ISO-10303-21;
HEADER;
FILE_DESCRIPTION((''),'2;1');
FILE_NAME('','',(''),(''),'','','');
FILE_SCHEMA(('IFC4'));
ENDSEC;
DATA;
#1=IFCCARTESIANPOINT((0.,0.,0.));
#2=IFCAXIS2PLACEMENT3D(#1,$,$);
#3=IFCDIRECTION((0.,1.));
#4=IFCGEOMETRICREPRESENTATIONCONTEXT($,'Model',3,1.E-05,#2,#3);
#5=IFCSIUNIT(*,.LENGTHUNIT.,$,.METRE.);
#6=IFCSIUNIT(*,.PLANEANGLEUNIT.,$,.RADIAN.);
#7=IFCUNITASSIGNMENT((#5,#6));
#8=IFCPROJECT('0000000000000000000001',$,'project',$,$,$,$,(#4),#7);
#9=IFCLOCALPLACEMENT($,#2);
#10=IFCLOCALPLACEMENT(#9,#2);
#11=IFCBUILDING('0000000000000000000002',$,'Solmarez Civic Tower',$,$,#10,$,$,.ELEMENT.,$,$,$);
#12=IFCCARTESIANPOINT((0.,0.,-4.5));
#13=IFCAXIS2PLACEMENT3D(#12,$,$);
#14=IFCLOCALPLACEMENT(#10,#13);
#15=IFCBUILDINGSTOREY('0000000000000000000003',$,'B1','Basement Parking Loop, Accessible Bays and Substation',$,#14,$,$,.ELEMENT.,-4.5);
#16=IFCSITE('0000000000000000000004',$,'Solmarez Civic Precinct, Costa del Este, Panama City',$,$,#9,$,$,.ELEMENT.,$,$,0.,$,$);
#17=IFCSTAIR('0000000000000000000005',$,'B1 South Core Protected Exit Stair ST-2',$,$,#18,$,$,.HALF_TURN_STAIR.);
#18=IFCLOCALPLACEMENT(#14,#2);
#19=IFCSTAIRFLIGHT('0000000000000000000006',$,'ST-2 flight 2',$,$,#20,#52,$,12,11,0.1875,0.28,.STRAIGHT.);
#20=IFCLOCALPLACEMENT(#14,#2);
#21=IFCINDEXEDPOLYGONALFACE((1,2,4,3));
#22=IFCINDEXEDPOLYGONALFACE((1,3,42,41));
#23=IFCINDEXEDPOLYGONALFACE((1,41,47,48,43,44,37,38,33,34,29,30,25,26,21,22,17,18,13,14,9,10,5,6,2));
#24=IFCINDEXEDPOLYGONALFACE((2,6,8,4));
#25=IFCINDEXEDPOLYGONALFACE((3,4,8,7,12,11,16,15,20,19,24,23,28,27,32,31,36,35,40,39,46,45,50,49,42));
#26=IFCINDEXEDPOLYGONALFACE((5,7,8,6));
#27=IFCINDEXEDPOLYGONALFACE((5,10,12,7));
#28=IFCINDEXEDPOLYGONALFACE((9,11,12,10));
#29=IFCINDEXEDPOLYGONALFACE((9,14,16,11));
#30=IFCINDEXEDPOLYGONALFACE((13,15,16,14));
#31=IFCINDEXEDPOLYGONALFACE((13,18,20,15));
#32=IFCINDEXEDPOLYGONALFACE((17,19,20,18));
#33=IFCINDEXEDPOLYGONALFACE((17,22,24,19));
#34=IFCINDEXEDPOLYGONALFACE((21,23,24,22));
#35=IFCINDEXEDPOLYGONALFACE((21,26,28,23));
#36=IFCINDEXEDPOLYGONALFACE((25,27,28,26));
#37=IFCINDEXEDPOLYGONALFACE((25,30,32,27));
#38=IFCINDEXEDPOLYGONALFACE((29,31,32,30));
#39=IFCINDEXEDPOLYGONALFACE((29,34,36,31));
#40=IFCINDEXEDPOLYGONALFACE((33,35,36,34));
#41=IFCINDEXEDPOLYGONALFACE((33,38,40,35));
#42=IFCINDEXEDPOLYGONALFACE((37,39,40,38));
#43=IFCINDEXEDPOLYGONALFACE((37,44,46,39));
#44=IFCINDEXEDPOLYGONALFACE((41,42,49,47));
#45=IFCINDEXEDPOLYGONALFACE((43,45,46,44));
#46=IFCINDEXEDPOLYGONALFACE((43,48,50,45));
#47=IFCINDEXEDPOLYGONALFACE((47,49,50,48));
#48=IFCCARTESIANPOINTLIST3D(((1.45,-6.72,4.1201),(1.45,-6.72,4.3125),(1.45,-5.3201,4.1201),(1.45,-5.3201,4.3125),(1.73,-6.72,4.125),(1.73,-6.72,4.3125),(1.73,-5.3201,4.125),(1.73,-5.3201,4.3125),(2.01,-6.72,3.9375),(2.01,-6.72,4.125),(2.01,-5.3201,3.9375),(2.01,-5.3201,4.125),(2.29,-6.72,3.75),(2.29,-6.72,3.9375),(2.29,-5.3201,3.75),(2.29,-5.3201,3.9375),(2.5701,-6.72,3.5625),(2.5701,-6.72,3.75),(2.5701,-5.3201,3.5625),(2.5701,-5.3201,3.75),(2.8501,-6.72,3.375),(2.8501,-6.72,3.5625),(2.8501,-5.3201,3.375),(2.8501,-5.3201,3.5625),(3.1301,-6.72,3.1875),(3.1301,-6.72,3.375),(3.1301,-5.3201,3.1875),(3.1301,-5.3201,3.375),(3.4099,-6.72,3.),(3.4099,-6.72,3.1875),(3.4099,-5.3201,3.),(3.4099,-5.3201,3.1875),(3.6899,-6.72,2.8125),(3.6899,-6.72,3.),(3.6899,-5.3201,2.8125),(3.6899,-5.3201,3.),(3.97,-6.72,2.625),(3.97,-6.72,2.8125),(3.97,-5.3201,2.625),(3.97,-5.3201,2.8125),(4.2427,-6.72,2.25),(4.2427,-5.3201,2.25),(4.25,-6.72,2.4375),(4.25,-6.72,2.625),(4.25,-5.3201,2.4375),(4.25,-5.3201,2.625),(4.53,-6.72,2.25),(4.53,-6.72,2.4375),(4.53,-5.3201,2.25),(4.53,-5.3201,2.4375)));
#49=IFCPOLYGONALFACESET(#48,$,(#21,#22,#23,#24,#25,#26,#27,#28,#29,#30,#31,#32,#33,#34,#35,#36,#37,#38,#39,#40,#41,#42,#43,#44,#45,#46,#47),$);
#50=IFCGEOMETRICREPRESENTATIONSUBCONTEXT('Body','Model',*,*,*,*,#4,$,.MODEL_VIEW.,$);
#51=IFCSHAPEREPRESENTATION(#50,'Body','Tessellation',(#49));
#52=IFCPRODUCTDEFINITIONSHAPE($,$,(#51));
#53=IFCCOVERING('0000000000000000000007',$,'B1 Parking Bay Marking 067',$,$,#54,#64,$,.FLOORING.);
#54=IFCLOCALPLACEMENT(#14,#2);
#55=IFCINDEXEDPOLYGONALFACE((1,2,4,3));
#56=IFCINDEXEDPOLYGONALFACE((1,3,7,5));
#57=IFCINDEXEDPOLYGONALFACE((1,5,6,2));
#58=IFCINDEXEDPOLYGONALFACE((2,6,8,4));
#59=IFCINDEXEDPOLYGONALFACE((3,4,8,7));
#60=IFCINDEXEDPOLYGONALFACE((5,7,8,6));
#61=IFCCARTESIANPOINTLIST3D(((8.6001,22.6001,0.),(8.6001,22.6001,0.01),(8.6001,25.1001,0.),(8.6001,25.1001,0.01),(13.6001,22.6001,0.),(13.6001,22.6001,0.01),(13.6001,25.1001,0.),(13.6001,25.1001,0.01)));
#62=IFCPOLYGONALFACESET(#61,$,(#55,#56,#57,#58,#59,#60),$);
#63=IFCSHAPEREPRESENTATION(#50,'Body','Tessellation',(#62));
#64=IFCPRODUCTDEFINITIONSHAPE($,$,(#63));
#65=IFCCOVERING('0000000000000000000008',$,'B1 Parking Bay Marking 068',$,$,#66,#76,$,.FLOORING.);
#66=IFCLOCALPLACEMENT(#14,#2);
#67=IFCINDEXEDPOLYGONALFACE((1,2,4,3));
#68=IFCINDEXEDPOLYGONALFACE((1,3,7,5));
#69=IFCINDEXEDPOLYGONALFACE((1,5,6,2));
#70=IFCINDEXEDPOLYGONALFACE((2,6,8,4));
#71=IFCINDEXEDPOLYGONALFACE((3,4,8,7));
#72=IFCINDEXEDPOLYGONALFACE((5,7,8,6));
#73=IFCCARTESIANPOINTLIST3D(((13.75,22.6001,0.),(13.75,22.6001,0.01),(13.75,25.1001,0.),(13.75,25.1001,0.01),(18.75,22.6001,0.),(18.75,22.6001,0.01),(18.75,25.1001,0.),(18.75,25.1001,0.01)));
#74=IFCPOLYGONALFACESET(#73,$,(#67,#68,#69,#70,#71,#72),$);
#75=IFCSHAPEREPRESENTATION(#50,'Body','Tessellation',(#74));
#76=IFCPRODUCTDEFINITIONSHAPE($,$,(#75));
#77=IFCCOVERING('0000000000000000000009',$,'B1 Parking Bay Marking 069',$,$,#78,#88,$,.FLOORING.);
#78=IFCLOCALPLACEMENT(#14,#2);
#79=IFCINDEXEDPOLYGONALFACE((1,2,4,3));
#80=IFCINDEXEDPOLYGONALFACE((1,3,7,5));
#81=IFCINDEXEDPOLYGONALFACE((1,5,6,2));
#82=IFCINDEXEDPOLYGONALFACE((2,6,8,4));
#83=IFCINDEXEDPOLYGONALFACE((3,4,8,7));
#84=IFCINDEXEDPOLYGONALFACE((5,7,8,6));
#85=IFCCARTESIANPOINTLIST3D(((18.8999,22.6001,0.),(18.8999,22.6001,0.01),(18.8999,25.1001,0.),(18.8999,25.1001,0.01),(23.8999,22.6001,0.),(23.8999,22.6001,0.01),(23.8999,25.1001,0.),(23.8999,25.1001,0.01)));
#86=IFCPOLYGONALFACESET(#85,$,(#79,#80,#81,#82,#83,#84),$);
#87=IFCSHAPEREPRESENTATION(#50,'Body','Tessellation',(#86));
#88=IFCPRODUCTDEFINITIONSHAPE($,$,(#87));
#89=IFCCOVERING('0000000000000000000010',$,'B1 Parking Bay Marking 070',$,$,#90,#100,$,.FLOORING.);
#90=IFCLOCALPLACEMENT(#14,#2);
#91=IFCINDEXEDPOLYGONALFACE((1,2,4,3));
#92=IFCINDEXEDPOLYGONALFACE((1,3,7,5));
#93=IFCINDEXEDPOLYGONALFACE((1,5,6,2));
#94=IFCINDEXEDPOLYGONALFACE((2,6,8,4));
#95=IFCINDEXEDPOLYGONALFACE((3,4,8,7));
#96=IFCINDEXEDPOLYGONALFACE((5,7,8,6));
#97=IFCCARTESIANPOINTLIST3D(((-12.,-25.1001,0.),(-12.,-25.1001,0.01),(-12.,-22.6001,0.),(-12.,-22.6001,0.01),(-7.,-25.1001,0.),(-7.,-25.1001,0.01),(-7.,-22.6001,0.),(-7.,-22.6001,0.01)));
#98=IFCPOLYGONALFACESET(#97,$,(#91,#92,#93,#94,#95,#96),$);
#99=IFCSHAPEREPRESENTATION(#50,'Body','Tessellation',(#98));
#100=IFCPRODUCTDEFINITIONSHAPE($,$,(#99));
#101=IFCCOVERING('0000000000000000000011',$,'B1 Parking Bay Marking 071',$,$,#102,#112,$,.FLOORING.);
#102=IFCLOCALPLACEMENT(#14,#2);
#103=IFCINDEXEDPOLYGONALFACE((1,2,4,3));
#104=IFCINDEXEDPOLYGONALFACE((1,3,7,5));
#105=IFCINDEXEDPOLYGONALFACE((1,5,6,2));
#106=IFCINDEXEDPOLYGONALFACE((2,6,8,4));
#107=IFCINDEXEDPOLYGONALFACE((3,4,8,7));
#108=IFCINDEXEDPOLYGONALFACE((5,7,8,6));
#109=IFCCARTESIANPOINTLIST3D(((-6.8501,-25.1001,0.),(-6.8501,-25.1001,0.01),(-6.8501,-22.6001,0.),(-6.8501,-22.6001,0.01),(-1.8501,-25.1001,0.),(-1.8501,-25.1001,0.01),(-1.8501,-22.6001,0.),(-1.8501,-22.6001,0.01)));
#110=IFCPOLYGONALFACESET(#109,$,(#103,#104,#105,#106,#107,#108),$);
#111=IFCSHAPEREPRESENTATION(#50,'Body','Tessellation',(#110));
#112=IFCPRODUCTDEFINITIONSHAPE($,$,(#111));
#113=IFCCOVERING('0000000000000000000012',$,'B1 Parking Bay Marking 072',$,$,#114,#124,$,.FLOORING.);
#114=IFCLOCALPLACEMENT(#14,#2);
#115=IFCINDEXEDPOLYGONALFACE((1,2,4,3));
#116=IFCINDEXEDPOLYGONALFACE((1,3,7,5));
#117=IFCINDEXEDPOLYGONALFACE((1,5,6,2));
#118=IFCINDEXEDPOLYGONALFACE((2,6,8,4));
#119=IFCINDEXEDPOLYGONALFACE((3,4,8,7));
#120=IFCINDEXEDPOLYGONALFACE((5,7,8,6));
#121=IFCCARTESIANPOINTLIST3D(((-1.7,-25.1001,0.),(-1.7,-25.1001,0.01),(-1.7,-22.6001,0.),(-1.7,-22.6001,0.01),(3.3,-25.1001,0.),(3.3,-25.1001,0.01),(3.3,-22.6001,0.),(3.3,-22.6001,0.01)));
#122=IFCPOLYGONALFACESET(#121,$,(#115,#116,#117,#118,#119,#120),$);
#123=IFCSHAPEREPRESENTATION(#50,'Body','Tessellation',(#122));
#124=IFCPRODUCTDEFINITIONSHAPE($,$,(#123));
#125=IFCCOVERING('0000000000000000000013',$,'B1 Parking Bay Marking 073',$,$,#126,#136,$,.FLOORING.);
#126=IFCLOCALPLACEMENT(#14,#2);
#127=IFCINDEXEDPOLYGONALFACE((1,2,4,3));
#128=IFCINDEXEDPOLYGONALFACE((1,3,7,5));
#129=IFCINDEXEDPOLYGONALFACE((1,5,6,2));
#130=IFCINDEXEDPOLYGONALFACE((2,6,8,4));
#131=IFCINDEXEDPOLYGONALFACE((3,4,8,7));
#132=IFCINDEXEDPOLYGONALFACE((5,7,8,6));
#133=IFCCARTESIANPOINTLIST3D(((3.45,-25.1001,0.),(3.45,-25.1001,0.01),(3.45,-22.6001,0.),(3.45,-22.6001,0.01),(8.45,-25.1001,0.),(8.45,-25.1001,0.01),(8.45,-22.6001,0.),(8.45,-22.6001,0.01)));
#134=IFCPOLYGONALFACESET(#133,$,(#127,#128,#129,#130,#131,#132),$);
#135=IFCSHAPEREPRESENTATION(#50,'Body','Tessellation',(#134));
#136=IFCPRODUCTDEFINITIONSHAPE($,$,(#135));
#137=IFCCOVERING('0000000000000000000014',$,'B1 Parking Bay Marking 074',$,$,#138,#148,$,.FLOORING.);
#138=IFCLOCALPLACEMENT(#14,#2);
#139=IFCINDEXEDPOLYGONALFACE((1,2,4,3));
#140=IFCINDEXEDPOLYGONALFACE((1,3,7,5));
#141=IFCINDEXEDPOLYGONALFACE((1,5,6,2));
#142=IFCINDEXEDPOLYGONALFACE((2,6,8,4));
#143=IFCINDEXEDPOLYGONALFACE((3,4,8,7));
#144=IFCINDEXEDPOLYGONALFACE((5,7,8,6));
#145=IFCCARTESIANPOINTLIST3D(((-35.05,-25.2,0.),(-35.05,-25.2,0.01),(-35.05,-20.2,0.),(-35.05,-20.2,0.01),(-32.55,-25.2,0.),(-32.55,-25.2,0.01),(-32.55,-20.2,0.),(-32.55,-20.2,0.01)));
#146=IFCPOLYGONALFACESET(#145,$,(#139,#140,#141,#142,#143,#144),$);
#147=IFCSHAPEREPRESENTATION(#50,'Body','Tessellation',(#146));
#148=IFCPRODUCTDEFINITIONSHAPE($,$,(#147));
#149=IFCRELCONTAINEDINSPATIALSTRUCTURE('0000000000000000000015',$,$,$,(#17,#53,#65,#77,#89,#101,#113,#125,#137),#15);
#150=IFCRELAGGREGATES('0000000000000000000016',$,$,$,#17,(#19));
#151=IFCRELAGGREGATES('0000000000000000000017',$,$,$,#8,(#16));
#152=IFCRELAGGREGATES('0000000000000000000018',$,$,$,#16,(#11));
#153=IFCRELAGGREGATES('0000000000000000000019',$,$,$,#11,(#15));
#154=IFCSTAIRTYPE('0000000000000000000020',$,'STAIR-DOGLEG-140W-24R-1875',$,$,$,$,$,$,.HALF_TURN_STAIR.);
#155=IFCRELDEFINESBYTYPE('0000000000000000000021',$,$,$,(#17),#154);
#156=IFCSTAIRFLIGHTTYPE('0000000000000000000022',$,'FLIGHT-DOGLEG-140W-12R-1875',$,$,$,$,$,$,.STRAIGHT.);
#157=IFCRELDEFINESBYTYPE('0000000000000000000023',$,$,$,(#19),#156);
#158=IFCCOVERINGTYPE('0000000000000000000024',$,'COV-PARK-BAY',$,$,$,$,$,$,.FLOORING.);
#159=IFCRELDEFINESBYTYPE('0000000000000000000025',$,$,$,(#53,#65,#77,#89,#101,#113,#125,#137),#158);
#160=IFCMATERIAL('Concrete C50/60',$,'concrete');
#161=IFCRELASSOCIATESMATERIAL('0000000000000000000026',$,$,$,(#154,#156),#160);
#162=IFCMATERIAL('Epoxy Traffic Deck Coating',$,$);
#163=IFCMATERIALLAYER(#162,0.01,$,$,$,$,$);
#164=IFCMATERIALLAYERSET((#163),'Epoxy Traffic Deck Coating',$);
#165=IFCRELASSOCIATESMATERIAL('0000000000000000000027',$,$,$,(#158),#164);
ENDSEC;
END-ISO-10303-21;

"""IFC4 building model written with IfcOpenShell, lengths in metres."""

from ifc_helpers import new_model, si_unit, direction, frame, origin, place, context, subcontext, project, spatial, polyline, outline, extrude, material, layer, layer_set, type_object, element, aggregate, save


model = new_model("IFC4")

# Units and contexts
model_context = context("Model", 3, precision=1e-05, world=origin(), true_north=direction((0.0, 1.0)))
body_context = subcontext(model_context, "Body", "Model", "MODEL_VIEW")
ifc_project = project(units=[si_unit("LENGTHUNIT", "METRE"), si_unit("PLANEANGLEUNIT", "RADIAN")], contexts=[model_context])

# Site, building, storey
site_placement = place(None, origin())
site = spatial("IfcSite", under=ifc_project, at=site_placement, Name="Solmarez Civic Precinct, Costa del Este, Panama City", CompositionType="ELEMENT", RefElevation=0.0)
building_placement = place(site_placement, origin())
building = spatial("IfcBuilding", under=site, at=building_placement, Name="Solmarez Civic Tower", CompositionType="ELEMENT")
storey_placement = place(building_placement, frame((0.0, 0.0, -4.5)))
storey = spatial("IfcBuildingStorey", under=building, at=storey_placement, Name="B1", Description="Basement Parking Loop, Accessible Bays and Substation", CompositionType="ELEMENT", Elevation=-4.5)

# Shared definitions
ifc_material_1 = material(Name="Concrete C50/60", Category="concrete")

# Stair, stair flight
stair_type = type_object("IfcStairType", Name="STAIR-DOGLEG-140W-24R-1875", PredefinedType="HALF_TURN_STAIR", material=ifc_material_1)
stair_placement = place(storey_placement, origin())
stair = element("IfcStair", 1, at=stair_placement, inside=storey, type_object=stair_type, Name="B1 South Core Protected Exit Stair ST-2", PredefinedType="HALF_TURN_STAIR")
stair_flight_type = type_object("IfcStairFlightType", Name="FLIGHT-DOGLEG-140W-12R-1875", PredefinedType="STRAIGHT", material=ifc_material_1)
stair_flight_1_placement = place(storey_placement, frame((4.53, -6.02, 2.25), z_axis=(0.0, 0.0, 1.0), x_axis=(-1.0, 0.0, 0.0)))
stair_flight_1 = element("IfcStairFlight", 2, at=stair_flight_1_placement, type_object=stair_flight_type, Name="ST-2 flight 2", NumberOfRisers=12, NumberOfTreads=11, PredefinedType="STRAIGHT", RiserHeight=0.1875, TreadLength=0.28, context=body_context, shape_type="SweptSolid", body=[
    extrude(outline(polyline([(0.0, 0.0), (0.0, 0.1875), (0.28, 0.1875), (0.28, 0.375), (0.5601, 0.375), (0.5601, 0.5625), (0.8401, 0.5625), (0.8401, 0.75), (1.1201, 0.75), (1.1201, 0.9375), (1.3999, 0.9375), (1.3999, 1.125), (1.6799, 1.125), (1.6799, 1.3125), (1.96, 1.3125), (1.96, 1.5), (2.24, 1.5), (2.24, 1.6875), (2.52, 1.6875), (2.52, 1.875), (2.8, 1.875), (2.8, 2.0625), (3.0801, 2.0625), (3.0801, 2.25), (3.0801, 1.8701), (0.2874, 0.0), (0.0, 0.0)])), frame((0.0, 0.7, 0.0), z_axis=(0.0, -1.0, 0.0), x_axis=(1.0, 0.0, 0.0)), (0.0, 0.0, 1.0), 1.3999),
])
aggregate(stair, [stair_flight_1])

# Coverings
ifc_material_2 = material(Name="Epoxy Traffic Deck Coating")
ifc_layer_1 = layer(ifc_material_2, 0.01)
ifc_layer_set_1 = layer_set([ifc_layer_1], Name="Epoxy Traffic Deck Coating")
covering_type = type_object("IfcCoveringType", Name="COV-PARK-BAY", PredefinedType="FLOORING", material=ifc_layer_set_1)
covering_1_placement = place(storey_placement, origin())
element("IfcCovering", 3, at=covering_1_placement, inside=storey, type_object=covering_type, Name="B1 Parking Bay Marking 067", PredefinedType="FLOORING", context=body_context, shape_type="SweptSolid", body=[
    extrude(outline(polyline([(8.6001, 22.6001), (13.6001, 22.6001), (13.6001, 25.1001), (8.6001, 25.1001), (8.6001, 22.6001)])), origin(), (0.0, 0.0, 1.0), 0.01),
])
covering_2_placement = place(storey_placement, origin())
element("IfcCovering", 4, at=covering_2_placement, inside=storey, type_object=covering_type, Name="B1 Parking Bay Marking 068", PredefinedType="FLOORING", context=body_context, shape_type="SweptSolid", body=[
    extrude(outline(polyline([(13.75, 22.6001), (18.75, 22.6001), (18.75, 25.1001), (13.75, 25.1001), (13.75, 22.6001)])), origin(), (0.0, 0.0, 1.0), 0.01),
])
covering_3_placement = place(storey_placement, origin())
element("IfcCovering", 5, at=covering_3_placement, inside=storey, type_object=covering_type, Name="B1 Parking Bay Marking 069", PredefinedType="FLOORING", context=body_context, shape_type="SweptSolid", body=[
    extrude(outline(polyline([(18.8999, 22.6001), (23.8999, 22.6001), (23.8999, 25.1001), (18.8999, 25.1001), (18.8999, 22.6001)])), origin(), (0.0, 0.0, 1.0), 0.01),
])
covering_4_placement = place(storey_placement, origin())
element("IfcCovering", 6, at=covering_4_placement, inside=storey, type_object=covering_type, Name="B1 Parking Bay Marking 070", PredefinedType="FLOORING", context=body_context, shape_type="SweptSolid", body=[
    extrude(outline(polyline([(-12.0, -25.1001), (-7.0, -25.1001), (-7.0, -22.6001), (-12.0, -22.6001), (-12.0, -25.1001)])), origin(), (0.0, 0.0, 1.0), 0.01),
])
covering_5_placement = place(storey_placement, origin())
element("IfcCovering", 7, at=covering_5_placement, inside=storey, type_object=covering_type, Name="B1 Parking Bay Marking 071", PredefinedType="FLOORING", context=body_context, shape_type="SweptSolid", body=[
    extrude(outline(polyline([(-6.8501, -25.1001), (-1.8501, -25.1001), (-1.8501, -22.6001), (-6.8501, -22.6001), (-6.8501, -25.1001)])), origin(), (0.0, 0.0, 1.0), 0.01),
])
covering_6_placement = place(storey_placement, origin())
element("IfcCovering", 8, at=covering_6_placement, inside=storey, type_object=covering_type, Name="B1 Parking Bay Marking 072", PredefinedType="FLOORING", context=body_context, shape_type="SweptSolid", body=[
    extrude(outline(polyline([(-1.7, -25.1001), (3.3, -25.1001), (3.3, -22.6001), (-1.7, -22.6001), (-1.7, -25.1001)])), origin(), (0.0, 0.0, 1.0), 0.01),
])
covering_7_placement = place(storey_placement, origin())
element("IfcCovering", 9, at=covering_7_placement, inside=storey, type_object=covering_type, Name="B1 Parking Bay Marking 073", PredefinedType="FLOORING", context=body_context, shape_type="SweptSolid", body=[
    extrude(outline(polyline([(3.45, -25.1001), (8.45, -25.1001), (8.45, -22.6001), (3.45, -22.6001), (3.45, -25.1001)])), origin(), (0.0, 0.0, 1.0), 0.01),
])
covering_8_placement = place(storey_placement, origin())
element("IfcCovering", 10, at=covering_8_placement, inside=storey, type_object=covering_type, Name="B1 Parking Bay Marking 074", PredefinedType="FLOORING", context=body_context, shape_type="SweptSolid", body=[
    extrude(outline(polyline([(-35.05, -25.2), (-32.55, -25.2), (-32.55, -20.2), (-35.05, -20.2), (-35.05, -25.2)])), origin(), (0.0, 0.0, 1.0), 0.01),
])

save(model, "model.ifc")
